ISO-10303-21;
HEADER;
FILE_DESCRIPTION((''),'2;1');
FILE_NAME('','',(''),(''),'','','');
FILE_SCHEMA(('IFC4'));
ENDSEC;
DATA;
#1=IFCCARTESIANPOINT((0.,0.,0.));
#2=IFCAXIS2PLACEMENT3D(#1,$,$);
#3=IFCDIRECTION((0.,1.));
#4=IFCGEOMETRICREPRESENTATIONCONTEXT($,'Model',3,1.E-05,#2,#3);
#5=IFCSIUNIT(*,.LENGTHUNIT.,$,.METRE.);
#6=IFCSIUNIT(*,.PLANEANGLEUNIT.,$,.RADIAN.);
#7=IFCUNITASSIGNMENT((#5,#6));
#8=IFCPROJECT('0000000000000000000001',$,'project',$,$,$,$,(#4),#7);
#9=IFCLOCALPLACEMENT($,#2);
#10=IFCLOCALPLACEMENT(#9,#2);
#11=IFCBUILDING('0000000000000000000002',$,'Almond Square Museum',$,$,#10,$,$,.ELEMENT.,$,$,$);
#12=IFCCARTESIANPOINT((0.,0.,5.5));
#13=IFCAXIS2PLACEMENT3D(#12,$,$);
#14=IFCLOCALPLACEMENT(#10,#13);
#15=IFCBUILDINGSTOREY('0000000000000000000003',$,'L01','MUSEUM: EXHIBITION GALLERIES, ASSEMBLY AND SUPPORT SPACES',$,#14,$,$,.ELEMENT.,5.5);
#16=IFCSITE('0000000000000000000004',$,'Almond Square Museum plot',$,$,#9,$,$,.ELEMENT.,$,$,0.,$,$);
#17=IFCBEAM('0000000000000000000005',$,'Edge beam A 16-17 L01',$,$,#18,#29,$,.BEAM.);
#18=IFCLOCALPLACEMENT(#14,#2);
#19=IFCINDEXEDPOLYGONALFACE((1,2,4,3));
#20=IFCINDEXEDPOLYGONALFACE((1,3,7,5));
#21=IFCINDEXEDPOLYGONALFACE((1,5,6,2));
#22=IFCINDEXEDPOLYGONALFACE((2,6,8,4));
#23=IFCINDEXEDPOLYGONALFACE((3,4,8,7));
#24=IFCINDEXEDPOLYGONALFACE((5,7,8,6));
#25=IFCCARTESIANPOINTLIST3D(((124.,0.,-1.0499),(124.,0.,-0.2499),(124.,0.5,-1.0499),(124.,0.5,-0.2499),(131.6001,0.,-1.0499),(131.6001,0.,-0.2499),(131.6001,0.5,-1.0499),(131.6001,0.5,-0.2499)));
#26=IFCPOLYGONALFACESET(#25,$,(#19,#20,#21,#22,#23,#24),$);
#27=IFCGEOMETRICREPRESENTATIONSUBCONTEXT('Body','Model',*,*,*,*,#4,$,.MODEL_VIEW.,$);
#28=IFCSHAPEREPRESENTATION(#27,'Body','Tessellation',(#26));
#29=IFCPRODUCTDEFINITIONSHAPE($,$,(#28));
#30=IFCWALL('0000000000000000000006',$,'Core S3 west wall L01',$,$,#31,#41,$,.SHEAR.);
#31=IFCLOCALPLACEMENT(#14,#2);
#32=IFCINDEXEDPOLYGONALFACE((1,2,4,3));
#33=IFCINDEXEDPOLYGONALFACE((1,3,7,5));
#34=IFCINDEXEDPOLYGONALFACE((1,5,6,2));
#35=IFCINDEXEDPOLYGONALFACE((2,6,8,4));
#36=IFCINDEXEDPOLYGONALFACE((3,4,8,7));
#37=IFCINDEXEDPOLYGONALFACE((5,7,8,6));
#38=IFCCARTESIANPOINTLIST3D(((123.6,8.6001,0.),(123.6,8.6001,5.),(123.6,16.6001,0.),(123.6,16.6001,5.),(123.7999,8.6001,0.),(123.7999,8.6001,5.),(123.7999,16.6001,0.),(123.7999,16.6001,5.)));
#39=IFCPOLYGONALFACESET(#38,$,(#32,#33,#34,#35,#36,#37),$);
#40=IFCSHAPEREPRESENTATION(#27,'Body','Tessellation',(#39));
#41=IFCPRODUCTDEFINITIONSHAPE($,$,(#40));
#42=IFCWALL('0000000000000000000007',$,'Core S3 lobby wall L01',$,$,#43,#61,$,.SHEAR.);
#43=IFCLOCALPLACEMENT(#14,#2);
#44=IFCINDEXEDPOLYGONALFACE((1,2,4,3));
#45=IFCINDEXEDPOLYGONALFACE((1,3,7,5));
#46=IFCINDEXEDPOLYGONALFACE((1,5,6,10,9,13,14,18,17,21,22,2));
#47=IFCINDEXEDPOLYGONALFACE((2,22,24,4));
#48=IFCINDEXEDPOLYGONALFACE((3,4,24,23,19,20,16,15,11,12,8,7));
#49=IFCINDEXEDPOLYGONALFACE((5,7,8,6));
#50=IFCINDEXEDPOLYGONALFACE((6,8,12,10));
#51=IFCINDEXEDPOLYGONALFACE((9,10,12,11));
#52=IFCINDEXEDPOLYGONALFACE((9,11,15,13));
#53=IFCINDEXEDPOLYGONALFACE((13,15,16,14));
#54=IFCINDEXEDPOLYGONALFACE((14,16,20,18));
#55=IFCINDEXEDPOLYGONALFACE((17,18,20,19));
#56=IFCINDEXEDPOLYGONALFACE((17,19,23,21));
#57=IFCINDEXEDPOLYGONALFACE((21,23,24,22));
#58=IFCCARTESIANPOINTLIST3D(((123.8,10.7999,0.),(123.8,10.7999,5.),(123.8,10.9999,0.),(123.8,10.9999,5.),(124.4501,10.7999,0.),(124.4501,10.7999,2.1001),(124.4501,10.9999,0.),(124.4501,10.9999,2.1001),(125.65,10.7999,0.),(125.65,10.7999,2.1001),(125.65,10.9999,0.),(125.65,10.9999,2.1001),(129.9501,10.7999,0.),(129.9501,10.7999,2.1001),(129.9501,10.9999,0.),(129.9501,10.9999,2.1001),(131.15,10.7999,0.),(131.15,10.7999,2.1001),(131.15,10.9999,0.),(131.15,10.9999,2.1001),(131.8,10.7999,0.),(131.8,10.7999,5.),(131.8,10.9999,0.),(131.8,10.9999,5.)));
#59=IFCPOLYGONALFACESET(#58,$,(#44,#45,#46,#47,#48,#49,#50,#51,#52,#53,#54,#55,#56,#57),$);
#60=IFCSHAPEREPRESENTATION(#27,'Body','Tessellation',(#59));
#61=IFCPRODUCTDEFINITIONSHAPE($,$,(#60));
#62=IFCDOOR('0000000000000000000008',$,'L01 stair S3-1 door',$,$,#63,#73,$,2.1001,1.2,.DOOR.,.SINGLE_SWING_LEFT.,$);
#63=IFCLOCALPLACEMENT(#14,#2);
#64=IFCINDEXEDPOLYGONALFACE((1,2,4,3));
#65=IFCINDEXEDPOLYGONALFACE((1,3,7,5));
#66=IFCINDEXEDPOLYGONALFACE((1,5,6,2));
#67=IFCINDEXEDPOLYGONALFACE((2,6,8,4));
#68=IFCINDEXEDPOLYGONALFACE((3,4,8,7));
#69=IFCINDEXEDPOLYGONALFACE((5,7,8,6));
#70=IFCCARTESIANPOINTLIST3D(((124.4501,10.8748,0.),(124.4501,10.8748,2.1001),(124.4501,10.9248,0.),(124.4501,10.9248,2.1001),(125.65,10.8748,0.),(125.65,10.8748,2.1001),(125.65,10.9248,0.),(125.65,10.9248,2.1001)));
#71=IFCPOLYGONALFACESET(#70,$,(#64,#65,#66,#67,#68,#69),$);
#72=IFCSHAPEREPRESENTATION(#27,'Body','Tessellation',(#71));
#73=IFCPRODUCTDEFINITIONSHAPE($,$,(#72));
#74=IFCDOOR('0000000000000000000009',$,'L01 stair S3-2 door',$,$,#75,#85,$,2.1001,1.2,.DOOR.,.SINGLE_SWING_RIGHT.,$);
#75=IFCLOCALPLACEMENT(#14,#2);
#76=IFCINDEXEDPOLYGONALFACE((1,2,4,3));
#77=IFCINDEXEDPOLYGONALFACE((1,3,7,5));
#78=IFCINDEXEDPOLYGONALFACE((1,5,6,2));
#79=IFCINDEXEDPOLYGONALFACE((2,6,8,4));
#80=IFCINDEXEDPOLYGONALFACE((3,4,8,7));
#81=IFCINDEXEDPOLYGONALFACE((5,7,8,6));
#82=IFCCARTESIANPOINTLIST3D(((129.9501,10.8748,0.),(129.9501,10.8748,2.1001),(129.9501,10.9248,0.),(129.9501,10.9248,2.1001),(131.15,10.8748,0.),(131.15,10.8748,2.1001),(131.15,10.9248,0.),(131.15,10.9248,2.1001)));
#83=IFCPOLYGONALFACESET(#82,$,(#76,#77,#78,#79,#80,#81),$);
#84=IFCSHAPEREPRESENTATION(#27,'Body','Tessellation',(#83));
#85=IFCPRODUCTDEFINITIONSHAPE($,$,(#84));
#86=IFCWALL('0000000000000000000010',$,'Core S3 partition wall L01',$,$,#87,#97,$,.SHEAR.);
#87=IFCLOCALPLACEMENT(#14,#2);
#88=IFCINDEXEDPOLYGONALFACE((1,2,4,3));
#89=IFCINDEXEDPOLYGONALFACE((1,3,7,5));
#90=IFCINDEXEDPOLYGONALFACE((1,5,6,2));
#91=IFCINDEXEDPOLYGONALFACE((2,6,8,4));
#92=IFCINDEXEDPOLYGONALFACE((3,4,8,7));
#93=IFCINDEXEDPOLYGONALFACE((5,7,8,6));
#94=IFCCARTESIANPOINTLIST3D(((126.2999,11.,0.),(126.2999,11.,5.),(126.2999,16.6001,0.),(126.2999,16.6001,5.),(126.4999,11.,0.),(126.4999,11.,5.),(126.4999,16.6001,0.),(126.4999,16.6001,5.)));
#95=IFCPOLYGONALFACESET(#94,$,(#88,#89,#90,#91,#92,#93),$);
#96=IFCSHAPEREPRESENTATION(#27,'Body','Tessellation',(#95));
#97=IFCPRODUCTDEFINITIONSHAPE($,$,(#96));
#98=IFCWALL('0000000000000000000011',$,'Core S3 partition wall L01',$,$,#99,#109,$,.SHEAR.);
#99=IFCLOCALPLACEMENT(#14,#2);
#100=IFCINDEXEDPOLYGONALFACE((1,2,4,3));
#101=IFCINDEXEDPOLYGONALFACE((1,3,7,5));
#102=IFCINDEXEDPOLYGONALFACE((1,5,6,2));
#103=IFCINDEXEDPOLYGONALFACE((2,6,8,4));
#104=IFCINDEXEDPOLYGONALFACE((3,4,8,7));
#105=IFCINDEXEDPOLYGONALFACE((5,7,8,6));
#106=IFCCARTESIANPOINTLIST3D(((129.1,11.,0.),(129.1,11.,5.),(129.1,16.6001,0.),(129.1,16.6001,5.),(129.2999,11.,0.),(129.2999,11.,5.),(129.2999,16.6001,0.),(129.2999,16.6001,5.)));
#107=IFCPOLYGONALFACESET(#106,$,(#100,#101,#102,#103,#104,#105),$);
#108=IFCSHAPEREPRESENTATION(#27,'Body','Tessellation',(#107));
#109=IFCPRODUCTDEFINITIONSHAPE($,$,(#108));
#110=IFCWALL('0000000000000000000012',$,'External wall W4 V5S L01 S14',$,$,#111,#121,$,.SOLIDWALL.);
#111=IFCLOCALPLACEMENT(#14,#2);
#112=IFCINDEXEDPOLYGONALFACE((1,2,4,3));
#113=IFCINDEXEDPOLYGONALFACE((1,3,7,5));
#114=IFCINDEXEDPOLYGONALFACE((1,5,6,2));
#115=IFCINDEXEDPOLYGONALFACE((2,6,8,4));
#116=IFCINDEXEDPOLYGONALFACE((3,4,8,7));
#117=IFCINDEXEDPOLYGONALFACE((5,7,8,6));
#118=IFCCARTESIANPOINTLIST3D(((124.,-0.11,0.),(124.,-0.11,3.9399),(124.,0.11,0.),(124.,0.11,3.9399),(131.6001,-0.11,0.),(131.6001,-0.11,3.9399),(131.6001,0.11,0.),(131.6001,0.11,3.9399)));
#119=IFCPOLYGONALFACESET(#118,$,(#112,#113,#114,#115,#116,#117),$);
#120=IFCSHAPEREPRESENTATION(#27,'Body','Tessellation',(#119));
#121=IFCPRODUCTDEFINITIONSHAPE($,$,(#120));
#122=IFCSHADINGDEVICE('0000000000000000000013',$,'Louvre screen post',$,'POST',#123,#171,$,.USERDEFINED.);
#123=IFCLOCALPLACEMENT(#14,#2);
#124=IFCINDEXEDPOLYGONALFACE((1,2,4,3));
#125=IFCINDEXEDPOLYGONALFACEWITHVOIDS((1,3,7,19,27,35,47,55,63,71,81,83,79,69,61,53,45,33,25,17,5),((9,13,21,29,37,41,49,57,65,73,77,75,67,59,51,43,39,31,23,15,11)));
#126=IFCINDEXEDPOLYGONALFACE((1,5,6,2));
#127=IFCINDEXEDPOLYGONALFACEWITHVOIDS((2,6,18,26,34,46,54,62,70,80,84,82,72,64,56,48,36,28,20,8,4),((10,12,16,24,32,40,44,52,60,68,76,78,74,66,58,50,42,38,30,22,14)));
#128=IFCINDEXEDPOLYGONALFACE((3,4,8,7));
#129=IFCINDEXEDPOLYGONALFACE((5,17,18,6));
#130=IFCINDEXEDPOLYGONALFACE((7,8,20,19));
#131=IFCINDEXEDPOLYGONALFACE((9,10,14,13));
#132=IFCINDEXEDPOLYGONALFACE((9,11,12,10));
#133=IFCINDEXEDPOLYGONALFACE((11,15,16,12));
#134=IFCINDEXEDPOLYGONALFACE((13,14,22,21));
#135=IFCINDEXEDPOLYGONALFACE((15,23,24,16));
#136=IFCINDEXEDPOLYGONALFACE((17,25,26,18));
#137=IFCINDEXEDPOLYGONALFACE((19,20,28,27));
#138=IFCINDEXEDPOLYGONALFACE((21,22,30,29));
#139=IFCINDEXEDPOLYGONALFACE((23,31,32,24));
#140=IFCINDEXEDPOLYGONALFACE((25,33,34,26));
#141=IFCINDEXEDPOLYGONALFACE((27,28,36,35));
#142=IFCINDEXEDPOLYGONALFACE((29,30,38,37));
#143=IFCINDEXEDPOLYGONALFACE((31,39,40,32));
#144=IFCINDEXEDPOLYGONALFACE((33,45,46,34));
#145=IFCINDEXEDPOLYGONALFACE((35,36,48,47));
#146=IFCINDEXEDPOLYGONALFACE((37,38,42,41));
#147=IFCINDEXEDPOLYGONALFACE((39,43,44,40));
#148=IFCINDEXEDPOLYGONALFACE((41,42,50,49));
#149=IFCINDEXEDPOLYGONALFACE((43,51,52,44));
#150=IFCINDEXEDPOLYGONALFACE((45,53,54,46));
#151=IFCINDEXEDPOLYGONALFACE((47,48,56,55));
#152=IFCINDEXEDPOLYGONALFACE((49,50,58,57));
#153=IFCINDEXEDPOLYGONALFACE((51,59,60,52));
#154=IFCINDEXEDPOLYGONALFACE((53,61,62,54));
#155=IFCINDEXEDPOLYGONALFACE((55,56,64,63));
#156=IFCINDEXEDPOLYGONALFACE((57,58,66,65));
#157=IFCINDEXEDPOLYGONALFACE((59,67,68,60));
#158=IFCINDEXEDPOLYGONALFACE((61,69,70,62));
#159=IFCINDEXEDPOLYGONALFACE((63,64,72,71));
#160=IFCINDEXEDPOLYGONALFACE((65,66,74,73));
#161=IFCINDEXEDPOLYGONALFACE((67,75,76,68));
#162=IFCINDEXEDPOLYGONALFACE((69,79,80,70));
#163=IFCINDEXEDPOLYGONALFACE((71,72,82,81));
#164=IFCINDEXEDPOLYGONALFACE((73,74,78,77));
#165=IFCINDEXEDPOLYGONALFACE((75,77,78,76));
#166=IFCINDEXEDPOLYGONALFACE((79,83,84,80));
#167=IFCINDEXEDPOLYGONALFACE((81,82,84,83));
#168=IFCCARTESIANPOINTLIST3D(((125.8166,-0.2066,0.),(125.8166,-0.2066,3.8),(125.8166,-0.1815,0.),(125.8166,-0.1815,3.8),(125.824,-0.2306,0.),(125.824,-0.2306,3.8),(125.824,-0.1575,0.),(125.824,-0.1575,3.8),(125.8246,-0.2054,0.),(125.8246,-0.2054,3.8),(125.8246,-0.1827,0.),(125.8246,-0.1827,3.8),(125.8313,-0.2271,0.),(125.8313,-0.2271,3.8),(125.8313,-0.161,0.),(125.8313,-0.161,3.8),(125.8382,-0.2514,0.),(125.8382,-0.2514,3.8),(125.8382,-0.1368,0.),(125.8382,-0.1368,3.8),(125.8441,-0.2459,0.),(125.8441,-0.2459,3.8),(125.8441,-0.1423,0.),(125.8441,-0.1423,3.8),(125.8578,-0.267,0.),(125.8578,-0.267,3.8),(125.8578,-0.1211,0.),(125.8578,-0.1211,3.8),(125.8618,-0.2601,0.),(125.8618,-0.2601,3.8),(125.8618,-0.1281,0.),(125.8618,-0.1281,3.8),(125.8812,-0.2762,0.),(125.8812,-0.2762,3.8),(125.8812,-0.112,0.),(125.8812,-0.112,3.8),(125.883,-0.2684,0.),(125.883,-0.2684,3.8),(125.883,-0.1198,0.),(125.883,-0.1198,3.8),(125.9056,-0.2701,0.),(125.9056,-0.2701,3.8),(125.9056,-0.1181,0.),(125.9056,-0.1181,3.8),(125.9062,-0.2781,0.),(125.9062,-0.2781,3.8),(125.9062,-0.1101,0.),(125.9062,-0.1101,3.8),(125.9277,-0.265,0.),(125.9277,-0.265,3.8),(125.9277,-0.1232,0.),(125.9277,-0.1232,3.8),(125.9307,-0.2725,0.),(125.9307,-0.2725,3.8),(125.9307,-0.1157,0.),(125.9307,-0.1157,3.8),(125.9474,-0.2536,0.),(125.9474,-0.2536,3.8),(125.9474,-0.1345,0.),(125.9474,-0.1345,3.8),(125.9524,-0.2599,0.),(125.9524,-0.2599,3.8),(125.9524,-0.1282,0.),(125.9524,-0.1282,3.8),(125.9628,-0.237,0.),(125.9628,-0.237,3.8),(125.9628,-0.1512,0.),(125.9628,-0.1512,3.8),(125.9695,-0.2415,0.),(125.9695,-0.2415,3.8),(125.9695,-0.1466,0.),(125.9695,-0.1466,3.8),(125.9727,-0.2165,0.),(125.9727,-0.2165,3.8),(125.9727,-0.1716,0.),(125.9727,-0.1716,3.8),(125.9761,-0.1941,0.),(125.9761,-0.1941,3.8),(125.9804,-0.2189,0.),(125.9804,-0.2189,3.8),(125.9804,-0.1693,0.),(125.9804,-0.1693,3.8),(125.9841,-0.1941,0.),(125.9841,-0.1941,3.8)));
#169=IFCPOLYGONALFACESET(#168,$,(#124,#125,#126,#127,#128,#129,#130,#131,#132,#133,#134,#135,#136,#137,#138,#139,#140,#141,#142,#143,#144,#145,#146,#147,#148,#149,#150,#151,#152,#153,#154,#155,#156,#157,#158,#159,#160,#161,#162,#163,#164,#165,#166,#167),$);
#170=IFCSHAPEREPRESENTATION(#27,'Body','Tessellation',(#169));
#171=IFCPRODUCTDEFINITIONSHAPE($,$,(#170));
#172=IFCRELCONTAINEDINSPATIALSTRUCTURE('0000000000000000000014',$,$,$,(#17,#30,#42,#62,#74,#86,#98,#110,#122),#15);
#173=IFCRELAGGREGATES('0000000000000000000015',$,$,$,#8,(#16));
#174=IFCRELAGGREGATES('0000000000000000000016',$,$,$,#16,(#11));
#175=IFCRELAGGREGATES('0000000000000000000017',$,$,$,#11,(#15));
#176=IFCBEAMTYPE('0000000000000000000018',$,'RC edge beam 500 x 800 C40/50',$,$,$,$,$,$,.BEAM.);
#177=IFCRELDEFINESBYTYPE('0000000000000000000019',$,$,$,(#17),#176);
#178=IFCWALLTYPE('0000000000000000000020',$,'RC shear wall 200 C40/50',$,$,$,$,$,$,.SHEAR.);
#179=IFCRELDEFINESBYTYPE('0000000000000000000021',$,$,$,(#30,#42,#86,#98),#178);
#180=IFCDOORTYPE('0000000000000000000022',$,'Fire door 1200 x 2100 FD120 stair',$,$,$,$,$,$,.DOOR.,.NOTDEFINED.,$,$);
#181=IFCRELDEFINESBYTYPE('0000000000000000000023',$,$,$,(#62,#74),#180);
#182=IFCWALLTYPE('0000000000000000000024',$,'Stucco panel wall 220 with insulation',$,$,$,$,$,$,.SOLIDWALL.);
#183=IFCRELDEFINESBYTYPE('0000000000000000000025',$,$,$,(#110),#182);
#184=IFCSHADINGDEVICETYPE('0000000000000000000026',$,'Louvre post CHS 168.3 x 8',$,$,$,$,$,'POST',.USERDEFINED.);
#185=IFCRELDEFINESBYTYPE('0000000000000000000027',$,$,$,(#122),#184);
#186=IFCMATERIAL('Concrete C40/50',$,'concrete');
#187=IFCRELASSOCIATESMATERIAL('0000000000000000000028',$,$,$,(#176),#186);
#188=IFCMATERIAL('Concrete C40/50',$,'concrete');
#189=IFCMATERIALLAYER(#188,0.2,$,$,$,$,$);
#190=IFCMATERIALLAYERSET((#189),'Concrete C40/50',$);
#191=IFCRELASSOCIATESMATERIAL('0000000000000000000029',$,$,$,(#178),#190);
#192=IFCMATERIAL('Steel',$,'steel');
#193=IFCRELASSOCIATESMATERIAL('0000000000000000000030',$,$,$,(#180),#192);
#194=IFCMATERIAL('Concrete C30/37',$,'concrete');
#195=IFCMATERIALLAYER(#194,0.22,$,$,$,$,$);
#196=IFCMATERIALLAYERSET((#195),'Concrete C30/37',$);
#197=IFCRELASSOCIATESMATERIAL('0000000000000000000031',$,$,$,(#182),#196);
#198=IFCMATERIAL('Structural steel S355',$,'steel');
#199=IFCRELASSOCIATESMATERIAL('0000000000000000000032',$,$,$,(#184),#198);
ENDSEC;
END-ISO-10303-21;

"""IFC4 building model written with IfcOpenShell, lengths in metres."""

from ifc_helpers import new_model, si_unit, direction, frame, frame_2d, origin, origin_2d, place, context, subcontext, project, spatial, rectangle, hollow_circle, extrude, material, layer, layer_set, material_profile, profile_set, type_object, element, fill, save


model = new_model("IFC4")

# Units and contexts
model_context = context("Model", 3, precision=1e-05, world=origin(), true_north=direction((0.0, 1.0)))
body_context = subcontext(model_context, "Body", "Model", "MODEL_VIEW")
ifc_project = project(units=[si_unit("LENGTHUNIT", "METRE"), si_unit("PLANEANGLEUNIT", "RADIAN")], contexts=[model_context])

# Site, building, storey
site_placement = place(None, origin())
site = spatial("IfcSite", under=ifc_project, at=site_placement, Name="Almond Square Museum plot", CompositionType="ELEMENT", RefElevation=0.0)
building_placement = place(site_placement, origin())
building = spatial("IfcBuilding", under=site, at=building_placement, Name="Almond Square Museum", CompositionType="ELEMENT")
storey_placement = place(building_placement, frame((0.0, 0.0, 5.5)))
storey = spatial("IfcBuildingStorey", under=building, at=storey_placement, Name="L01", Description="MUSEUM: EXHIBITION GALLERIES, ASSEMBLY AND SUPPORT SPACES", CompositionType="ELEMENT", Elevation=5.5)

# Beam
ifc_material_1 = material(Name="Concrete C40/50", Category="concrete")
ifc_material_profile_1 = material_profile(ifc_material_1, rectangle(XDim=0.5, YDim=0.8, at=origin_2d()))
ifc_profile_set_1 = profile_set([ifc_material_profile_1], Name="Concrete C40/50")
beam_type = type_object("IfcBeamType", Name="RC edge beam 500 x 800 C40/50", PredefinedType="BEAM", material=ifc_profile_set_1)
beam_placement = place(storey_placement, frame((124.0, 0.25, -0.6499), z_axis=(1.0, 0.0, 0.0), x_axis=(0.0, 1.0, 0.0)))
element("IfcBeam", 1, at=beam_placement, inside=storey, type_object=beam_type, Name="Edge beam A 16-17 L01", PredefinedType="BEAM", context=body_context, shape_type="SweptSolid", body=[
    extrude(rectangle(XDim=0.5, YDim=0.8, at=origin_2d()), origin(), (0.0, 0.0, 1.0), 7.6001),
])

# Wall
ifc_material_2 = material(Name="Concrete C40/50", Category="concrete")
ifc_layer_1 = layer(ifc_material_2, 0.2)
ifc_layer_set_1 = layer_set([ifc_layer_1], Name="Concrete C40/50")
wall_type_1 = type_object("IfcWallType", Name="RC shear wall 200 C40/50", PredefinedType="SHEAR", material=ifc_layer_set_1)
wall_1_placement = place(storey_placement, frame((123.7, 8.6001, 0.0), z_axis=(0.0, 0.0, 1.0), x_axis=(0.0, 1.0, 0.0)))
element("IfcWall", 2, at=wall_1_placement, inside=storey, type_object=wall_type_1, Name="Core S3 west wall L01", PredefinedType="SHEAR", context=body_context, shape_type="SweptSolid", body=[
    extrude(rectangle(XDim=8.0, YDim=0.2, at=frame_2d((4.0, 0.0))), origin(), (0.0, 0.0, 1.0), 5.0),
])

# Wall, openings, doors
wall_2_placement = place(storey_placement, frame((123.8, 10.8999, 0.0), z_axis=(0.0, 0.0, 1.0), x_axis=(1.0, 0.0, 0.0)))
wall_2 = element("IfcWall", 3, at=wall_2_placement, inside=storey, type_object=wall_type_1, Name="Core S3 lobby wall L01", PredefinedType="SHEAR", context=body_context, shape_type="SweptSolid", body=[
    extrude(rectangle(XDim=8.0, YDim=0.2, at=frame_2d((4.0, 0.0))), origin(), (0.0, 0.0, 1.0), 5.0),
])
opening_1_placement = place(wall_2_placement, frame((0.6499, 0.0, 0.0)))
opening_1 = element("IfcOpeningElement", 4, at=opening_1_placement, cuts=wall_2, PredefinedType="OPENING", context=body_context, shape_type="SweptSolid", body=[
    extrude(rectangle(XDim=1.2, YDim=2.1001, at=frame_2d((0.6001, 1.05))), frame((0.0, 0.1099, 0.0), z_axis=(0.0, -1.0, 0.0), x_axis=(1.0, 0.0, 0.0)), (0.0, 0.0, 1.0), 0.22),
])
opening_2_placement = place(wall_2_placement, frame((6.1499, 0.0, 0.0)))
opening_2 = element("IfcOpeningElement", 5, at=opening_2_placement, cuts=wall_2, PredefinedType="OPENING", context=body_context, shape_type="SweptSolid", body=[
    extrude(rectangle(XDim=1.2, YDim=2.1001, at=frame_2d((0.6001, 1.05))), frame((0.0, 0.1099, 0.0), z_axis=(0.0, -1.0, 0.0), x_axis=(1.0, 0.0, 0.0)), (0.0, 0.0, 1.0), 0.22),
])
ifc_material_3 = material(Name="Steel", Category="steel")
door_type = type_object("IfcDoorType", Name="Fire door 1200 x 2100 FD120 stair", OperationType="NOTDEFINED", PredefinedType="DOOR", material=ifc_material_3)
door_1_placement = place(opening_1_placement, origin())
door_1 = element("IfcDoor", 6, at=door_1_placement, inside=storey, type_object=door_type, Name="L01 stair S3-1 door", OperationType="SINGLE_SWING_LEFT", OverallHeight=2.1001, OverallWidth=1.2, PredefinedType="DOOR", context=body_context, shape_type="SweptSolid", body=[
    extrude(rectangle(XDim=1.2, YDim=2.1001, at=frame_2d((0.6001, 1.05))), frame((0.0, 0.0249, 0.0), z_axis=(0.0, -1.0, 0.0), x_axis=(1.0, 0.0, 0.0)), (0.0, 0.0, 1.0), 0.05),
])
fill(opening_1, door_1)
door_2_placement = place(opening_2_placement, origin())
door_2 = element("IfcDoor", 7, at=door_2_placement, inside=storey, type_object=door_type, Name="L01 stair S3-2 door", OperationType="SINGLE_SWING_RIGHT", OverallHeight=2.1001, OverallWidth=1.2, PredefinedType="DOOR", context=body_context, shape_type="SweptSolid", body=[
    extrude(rectangle(XDim=1.2, YDim=2.1001, at=frame_2d((0.6001, 1.05))), frame((0.0, 0.0249, 0.0), z_axis=(0.0, -1.0, 0.0), x_axis=(1.0, 0.0, 0.0)), (0.0, 0.0, 1.0), 0.05),
])
fill(opening_2, door_2)

# Walls
for number, where, z_axis, x_axis, name in (
    (8, (126.3999, 11.0, 0.0), (0.0, 0.0, 1.0), (0.0, 1.0, 0.0), "Core S3 partition wall L01"),
    (9, (129.2, 11.0, 0.0), (0.0, 0.0, 1.0), (0.0, 1.0, 0.0), "Core S3 partition wall L01"),
):
    element("IfcWall", number, at=place(storey_placement, frame(where, z_axis=z_axis, x_axis=x_axis)), inside=storey, type_object=wall_type_1, Name=name, PredefinedType="SHEAR", context=body_context, shape_type="SweptSolid", body=[
        extrude(rectangle(XDim=5.6001, YDim=0.2, at=frame_2d((2.8, 0.0))), origin(), (0.0, 0.0, 1.0), 5.0),
    ])
ifc_material_4 = material(Name="Concrete C30/37", Category="concrete")
ifc_layer_2 = layer(ifc_material_4, 0.22)
ifc_layer_set_2 = layer_set([ifc_layer_2], Name="Concrete C30/37")
wall_type_2 = type_object("IfcWallType", Name="Stucco panel wall 220 with insulation", PredefinedType="SOLIDWALL", material=ifc_layer_set_2)
wall_3_placement = place(storey_placement, frame((124.0, 0.0, 0.0), z_axis=(0.0, 0.0, 1.0), x_axis=(1.0, 0.0, 0.0)))
element("IfcWall", 10, at=wall_3_placement, inside=storey, type_object=wall_type_2, Name="External wall W4 V5S L01 S14", PredefinedType="SOLIDWALL", context=body_context, shape_type="SweptSolid", body=[
    extrude(rectangle(XDim=7.6001, YDim=0.22, at=frame_2d((3.8, 0.0))), origin(), (0.0, 0.0, 1.0), 3.9399),
])

# Shading device
ifc_material_5 = material(Name="Structural steel S355", Category="steel")
ifc_material_profile_2 = material_profile(ifc_material_5, hollow_circle(Radius=0.0842, WallThickness=0.0081, at=origin_2d()))
ifc_profile_set_2 = profile_set([ifc_material_profile_2], Name="Structural steel S355")
shading_device_type = type_object("IfcShadingDeviceType", Name="Louvre post CHS 168.3 x 8", ElementType="POST", PredefinedType="USERDEFINED", material=ifc_profile_set_2)
for number, where, z_axis, x_axis, name in (
    (11, (125.8999, -0.1941, 0.0), (0.0, 0.0, 1.0), (1.0, 0.0, 0.0), "Louvre screen post"),
):
    element("IfcShadingDevice", number, at=place(storey_placement, frame(where, z_axis=z_axis, x_axis=x_axis)), inside=storey, type_object=shading_device_type, Name=name, ObjectType="POST", PredefinedType="USERDEFINED", context=body_context, shape_type="SweptSolid", body=[
        extrude(hollow_circle(Radius=0.0842, WallThickness=0.0081, at=origin_2d()), origin(), (0.0, 0.0, 1.0), 3.8),
    ])

save(model, "model.ifc")
